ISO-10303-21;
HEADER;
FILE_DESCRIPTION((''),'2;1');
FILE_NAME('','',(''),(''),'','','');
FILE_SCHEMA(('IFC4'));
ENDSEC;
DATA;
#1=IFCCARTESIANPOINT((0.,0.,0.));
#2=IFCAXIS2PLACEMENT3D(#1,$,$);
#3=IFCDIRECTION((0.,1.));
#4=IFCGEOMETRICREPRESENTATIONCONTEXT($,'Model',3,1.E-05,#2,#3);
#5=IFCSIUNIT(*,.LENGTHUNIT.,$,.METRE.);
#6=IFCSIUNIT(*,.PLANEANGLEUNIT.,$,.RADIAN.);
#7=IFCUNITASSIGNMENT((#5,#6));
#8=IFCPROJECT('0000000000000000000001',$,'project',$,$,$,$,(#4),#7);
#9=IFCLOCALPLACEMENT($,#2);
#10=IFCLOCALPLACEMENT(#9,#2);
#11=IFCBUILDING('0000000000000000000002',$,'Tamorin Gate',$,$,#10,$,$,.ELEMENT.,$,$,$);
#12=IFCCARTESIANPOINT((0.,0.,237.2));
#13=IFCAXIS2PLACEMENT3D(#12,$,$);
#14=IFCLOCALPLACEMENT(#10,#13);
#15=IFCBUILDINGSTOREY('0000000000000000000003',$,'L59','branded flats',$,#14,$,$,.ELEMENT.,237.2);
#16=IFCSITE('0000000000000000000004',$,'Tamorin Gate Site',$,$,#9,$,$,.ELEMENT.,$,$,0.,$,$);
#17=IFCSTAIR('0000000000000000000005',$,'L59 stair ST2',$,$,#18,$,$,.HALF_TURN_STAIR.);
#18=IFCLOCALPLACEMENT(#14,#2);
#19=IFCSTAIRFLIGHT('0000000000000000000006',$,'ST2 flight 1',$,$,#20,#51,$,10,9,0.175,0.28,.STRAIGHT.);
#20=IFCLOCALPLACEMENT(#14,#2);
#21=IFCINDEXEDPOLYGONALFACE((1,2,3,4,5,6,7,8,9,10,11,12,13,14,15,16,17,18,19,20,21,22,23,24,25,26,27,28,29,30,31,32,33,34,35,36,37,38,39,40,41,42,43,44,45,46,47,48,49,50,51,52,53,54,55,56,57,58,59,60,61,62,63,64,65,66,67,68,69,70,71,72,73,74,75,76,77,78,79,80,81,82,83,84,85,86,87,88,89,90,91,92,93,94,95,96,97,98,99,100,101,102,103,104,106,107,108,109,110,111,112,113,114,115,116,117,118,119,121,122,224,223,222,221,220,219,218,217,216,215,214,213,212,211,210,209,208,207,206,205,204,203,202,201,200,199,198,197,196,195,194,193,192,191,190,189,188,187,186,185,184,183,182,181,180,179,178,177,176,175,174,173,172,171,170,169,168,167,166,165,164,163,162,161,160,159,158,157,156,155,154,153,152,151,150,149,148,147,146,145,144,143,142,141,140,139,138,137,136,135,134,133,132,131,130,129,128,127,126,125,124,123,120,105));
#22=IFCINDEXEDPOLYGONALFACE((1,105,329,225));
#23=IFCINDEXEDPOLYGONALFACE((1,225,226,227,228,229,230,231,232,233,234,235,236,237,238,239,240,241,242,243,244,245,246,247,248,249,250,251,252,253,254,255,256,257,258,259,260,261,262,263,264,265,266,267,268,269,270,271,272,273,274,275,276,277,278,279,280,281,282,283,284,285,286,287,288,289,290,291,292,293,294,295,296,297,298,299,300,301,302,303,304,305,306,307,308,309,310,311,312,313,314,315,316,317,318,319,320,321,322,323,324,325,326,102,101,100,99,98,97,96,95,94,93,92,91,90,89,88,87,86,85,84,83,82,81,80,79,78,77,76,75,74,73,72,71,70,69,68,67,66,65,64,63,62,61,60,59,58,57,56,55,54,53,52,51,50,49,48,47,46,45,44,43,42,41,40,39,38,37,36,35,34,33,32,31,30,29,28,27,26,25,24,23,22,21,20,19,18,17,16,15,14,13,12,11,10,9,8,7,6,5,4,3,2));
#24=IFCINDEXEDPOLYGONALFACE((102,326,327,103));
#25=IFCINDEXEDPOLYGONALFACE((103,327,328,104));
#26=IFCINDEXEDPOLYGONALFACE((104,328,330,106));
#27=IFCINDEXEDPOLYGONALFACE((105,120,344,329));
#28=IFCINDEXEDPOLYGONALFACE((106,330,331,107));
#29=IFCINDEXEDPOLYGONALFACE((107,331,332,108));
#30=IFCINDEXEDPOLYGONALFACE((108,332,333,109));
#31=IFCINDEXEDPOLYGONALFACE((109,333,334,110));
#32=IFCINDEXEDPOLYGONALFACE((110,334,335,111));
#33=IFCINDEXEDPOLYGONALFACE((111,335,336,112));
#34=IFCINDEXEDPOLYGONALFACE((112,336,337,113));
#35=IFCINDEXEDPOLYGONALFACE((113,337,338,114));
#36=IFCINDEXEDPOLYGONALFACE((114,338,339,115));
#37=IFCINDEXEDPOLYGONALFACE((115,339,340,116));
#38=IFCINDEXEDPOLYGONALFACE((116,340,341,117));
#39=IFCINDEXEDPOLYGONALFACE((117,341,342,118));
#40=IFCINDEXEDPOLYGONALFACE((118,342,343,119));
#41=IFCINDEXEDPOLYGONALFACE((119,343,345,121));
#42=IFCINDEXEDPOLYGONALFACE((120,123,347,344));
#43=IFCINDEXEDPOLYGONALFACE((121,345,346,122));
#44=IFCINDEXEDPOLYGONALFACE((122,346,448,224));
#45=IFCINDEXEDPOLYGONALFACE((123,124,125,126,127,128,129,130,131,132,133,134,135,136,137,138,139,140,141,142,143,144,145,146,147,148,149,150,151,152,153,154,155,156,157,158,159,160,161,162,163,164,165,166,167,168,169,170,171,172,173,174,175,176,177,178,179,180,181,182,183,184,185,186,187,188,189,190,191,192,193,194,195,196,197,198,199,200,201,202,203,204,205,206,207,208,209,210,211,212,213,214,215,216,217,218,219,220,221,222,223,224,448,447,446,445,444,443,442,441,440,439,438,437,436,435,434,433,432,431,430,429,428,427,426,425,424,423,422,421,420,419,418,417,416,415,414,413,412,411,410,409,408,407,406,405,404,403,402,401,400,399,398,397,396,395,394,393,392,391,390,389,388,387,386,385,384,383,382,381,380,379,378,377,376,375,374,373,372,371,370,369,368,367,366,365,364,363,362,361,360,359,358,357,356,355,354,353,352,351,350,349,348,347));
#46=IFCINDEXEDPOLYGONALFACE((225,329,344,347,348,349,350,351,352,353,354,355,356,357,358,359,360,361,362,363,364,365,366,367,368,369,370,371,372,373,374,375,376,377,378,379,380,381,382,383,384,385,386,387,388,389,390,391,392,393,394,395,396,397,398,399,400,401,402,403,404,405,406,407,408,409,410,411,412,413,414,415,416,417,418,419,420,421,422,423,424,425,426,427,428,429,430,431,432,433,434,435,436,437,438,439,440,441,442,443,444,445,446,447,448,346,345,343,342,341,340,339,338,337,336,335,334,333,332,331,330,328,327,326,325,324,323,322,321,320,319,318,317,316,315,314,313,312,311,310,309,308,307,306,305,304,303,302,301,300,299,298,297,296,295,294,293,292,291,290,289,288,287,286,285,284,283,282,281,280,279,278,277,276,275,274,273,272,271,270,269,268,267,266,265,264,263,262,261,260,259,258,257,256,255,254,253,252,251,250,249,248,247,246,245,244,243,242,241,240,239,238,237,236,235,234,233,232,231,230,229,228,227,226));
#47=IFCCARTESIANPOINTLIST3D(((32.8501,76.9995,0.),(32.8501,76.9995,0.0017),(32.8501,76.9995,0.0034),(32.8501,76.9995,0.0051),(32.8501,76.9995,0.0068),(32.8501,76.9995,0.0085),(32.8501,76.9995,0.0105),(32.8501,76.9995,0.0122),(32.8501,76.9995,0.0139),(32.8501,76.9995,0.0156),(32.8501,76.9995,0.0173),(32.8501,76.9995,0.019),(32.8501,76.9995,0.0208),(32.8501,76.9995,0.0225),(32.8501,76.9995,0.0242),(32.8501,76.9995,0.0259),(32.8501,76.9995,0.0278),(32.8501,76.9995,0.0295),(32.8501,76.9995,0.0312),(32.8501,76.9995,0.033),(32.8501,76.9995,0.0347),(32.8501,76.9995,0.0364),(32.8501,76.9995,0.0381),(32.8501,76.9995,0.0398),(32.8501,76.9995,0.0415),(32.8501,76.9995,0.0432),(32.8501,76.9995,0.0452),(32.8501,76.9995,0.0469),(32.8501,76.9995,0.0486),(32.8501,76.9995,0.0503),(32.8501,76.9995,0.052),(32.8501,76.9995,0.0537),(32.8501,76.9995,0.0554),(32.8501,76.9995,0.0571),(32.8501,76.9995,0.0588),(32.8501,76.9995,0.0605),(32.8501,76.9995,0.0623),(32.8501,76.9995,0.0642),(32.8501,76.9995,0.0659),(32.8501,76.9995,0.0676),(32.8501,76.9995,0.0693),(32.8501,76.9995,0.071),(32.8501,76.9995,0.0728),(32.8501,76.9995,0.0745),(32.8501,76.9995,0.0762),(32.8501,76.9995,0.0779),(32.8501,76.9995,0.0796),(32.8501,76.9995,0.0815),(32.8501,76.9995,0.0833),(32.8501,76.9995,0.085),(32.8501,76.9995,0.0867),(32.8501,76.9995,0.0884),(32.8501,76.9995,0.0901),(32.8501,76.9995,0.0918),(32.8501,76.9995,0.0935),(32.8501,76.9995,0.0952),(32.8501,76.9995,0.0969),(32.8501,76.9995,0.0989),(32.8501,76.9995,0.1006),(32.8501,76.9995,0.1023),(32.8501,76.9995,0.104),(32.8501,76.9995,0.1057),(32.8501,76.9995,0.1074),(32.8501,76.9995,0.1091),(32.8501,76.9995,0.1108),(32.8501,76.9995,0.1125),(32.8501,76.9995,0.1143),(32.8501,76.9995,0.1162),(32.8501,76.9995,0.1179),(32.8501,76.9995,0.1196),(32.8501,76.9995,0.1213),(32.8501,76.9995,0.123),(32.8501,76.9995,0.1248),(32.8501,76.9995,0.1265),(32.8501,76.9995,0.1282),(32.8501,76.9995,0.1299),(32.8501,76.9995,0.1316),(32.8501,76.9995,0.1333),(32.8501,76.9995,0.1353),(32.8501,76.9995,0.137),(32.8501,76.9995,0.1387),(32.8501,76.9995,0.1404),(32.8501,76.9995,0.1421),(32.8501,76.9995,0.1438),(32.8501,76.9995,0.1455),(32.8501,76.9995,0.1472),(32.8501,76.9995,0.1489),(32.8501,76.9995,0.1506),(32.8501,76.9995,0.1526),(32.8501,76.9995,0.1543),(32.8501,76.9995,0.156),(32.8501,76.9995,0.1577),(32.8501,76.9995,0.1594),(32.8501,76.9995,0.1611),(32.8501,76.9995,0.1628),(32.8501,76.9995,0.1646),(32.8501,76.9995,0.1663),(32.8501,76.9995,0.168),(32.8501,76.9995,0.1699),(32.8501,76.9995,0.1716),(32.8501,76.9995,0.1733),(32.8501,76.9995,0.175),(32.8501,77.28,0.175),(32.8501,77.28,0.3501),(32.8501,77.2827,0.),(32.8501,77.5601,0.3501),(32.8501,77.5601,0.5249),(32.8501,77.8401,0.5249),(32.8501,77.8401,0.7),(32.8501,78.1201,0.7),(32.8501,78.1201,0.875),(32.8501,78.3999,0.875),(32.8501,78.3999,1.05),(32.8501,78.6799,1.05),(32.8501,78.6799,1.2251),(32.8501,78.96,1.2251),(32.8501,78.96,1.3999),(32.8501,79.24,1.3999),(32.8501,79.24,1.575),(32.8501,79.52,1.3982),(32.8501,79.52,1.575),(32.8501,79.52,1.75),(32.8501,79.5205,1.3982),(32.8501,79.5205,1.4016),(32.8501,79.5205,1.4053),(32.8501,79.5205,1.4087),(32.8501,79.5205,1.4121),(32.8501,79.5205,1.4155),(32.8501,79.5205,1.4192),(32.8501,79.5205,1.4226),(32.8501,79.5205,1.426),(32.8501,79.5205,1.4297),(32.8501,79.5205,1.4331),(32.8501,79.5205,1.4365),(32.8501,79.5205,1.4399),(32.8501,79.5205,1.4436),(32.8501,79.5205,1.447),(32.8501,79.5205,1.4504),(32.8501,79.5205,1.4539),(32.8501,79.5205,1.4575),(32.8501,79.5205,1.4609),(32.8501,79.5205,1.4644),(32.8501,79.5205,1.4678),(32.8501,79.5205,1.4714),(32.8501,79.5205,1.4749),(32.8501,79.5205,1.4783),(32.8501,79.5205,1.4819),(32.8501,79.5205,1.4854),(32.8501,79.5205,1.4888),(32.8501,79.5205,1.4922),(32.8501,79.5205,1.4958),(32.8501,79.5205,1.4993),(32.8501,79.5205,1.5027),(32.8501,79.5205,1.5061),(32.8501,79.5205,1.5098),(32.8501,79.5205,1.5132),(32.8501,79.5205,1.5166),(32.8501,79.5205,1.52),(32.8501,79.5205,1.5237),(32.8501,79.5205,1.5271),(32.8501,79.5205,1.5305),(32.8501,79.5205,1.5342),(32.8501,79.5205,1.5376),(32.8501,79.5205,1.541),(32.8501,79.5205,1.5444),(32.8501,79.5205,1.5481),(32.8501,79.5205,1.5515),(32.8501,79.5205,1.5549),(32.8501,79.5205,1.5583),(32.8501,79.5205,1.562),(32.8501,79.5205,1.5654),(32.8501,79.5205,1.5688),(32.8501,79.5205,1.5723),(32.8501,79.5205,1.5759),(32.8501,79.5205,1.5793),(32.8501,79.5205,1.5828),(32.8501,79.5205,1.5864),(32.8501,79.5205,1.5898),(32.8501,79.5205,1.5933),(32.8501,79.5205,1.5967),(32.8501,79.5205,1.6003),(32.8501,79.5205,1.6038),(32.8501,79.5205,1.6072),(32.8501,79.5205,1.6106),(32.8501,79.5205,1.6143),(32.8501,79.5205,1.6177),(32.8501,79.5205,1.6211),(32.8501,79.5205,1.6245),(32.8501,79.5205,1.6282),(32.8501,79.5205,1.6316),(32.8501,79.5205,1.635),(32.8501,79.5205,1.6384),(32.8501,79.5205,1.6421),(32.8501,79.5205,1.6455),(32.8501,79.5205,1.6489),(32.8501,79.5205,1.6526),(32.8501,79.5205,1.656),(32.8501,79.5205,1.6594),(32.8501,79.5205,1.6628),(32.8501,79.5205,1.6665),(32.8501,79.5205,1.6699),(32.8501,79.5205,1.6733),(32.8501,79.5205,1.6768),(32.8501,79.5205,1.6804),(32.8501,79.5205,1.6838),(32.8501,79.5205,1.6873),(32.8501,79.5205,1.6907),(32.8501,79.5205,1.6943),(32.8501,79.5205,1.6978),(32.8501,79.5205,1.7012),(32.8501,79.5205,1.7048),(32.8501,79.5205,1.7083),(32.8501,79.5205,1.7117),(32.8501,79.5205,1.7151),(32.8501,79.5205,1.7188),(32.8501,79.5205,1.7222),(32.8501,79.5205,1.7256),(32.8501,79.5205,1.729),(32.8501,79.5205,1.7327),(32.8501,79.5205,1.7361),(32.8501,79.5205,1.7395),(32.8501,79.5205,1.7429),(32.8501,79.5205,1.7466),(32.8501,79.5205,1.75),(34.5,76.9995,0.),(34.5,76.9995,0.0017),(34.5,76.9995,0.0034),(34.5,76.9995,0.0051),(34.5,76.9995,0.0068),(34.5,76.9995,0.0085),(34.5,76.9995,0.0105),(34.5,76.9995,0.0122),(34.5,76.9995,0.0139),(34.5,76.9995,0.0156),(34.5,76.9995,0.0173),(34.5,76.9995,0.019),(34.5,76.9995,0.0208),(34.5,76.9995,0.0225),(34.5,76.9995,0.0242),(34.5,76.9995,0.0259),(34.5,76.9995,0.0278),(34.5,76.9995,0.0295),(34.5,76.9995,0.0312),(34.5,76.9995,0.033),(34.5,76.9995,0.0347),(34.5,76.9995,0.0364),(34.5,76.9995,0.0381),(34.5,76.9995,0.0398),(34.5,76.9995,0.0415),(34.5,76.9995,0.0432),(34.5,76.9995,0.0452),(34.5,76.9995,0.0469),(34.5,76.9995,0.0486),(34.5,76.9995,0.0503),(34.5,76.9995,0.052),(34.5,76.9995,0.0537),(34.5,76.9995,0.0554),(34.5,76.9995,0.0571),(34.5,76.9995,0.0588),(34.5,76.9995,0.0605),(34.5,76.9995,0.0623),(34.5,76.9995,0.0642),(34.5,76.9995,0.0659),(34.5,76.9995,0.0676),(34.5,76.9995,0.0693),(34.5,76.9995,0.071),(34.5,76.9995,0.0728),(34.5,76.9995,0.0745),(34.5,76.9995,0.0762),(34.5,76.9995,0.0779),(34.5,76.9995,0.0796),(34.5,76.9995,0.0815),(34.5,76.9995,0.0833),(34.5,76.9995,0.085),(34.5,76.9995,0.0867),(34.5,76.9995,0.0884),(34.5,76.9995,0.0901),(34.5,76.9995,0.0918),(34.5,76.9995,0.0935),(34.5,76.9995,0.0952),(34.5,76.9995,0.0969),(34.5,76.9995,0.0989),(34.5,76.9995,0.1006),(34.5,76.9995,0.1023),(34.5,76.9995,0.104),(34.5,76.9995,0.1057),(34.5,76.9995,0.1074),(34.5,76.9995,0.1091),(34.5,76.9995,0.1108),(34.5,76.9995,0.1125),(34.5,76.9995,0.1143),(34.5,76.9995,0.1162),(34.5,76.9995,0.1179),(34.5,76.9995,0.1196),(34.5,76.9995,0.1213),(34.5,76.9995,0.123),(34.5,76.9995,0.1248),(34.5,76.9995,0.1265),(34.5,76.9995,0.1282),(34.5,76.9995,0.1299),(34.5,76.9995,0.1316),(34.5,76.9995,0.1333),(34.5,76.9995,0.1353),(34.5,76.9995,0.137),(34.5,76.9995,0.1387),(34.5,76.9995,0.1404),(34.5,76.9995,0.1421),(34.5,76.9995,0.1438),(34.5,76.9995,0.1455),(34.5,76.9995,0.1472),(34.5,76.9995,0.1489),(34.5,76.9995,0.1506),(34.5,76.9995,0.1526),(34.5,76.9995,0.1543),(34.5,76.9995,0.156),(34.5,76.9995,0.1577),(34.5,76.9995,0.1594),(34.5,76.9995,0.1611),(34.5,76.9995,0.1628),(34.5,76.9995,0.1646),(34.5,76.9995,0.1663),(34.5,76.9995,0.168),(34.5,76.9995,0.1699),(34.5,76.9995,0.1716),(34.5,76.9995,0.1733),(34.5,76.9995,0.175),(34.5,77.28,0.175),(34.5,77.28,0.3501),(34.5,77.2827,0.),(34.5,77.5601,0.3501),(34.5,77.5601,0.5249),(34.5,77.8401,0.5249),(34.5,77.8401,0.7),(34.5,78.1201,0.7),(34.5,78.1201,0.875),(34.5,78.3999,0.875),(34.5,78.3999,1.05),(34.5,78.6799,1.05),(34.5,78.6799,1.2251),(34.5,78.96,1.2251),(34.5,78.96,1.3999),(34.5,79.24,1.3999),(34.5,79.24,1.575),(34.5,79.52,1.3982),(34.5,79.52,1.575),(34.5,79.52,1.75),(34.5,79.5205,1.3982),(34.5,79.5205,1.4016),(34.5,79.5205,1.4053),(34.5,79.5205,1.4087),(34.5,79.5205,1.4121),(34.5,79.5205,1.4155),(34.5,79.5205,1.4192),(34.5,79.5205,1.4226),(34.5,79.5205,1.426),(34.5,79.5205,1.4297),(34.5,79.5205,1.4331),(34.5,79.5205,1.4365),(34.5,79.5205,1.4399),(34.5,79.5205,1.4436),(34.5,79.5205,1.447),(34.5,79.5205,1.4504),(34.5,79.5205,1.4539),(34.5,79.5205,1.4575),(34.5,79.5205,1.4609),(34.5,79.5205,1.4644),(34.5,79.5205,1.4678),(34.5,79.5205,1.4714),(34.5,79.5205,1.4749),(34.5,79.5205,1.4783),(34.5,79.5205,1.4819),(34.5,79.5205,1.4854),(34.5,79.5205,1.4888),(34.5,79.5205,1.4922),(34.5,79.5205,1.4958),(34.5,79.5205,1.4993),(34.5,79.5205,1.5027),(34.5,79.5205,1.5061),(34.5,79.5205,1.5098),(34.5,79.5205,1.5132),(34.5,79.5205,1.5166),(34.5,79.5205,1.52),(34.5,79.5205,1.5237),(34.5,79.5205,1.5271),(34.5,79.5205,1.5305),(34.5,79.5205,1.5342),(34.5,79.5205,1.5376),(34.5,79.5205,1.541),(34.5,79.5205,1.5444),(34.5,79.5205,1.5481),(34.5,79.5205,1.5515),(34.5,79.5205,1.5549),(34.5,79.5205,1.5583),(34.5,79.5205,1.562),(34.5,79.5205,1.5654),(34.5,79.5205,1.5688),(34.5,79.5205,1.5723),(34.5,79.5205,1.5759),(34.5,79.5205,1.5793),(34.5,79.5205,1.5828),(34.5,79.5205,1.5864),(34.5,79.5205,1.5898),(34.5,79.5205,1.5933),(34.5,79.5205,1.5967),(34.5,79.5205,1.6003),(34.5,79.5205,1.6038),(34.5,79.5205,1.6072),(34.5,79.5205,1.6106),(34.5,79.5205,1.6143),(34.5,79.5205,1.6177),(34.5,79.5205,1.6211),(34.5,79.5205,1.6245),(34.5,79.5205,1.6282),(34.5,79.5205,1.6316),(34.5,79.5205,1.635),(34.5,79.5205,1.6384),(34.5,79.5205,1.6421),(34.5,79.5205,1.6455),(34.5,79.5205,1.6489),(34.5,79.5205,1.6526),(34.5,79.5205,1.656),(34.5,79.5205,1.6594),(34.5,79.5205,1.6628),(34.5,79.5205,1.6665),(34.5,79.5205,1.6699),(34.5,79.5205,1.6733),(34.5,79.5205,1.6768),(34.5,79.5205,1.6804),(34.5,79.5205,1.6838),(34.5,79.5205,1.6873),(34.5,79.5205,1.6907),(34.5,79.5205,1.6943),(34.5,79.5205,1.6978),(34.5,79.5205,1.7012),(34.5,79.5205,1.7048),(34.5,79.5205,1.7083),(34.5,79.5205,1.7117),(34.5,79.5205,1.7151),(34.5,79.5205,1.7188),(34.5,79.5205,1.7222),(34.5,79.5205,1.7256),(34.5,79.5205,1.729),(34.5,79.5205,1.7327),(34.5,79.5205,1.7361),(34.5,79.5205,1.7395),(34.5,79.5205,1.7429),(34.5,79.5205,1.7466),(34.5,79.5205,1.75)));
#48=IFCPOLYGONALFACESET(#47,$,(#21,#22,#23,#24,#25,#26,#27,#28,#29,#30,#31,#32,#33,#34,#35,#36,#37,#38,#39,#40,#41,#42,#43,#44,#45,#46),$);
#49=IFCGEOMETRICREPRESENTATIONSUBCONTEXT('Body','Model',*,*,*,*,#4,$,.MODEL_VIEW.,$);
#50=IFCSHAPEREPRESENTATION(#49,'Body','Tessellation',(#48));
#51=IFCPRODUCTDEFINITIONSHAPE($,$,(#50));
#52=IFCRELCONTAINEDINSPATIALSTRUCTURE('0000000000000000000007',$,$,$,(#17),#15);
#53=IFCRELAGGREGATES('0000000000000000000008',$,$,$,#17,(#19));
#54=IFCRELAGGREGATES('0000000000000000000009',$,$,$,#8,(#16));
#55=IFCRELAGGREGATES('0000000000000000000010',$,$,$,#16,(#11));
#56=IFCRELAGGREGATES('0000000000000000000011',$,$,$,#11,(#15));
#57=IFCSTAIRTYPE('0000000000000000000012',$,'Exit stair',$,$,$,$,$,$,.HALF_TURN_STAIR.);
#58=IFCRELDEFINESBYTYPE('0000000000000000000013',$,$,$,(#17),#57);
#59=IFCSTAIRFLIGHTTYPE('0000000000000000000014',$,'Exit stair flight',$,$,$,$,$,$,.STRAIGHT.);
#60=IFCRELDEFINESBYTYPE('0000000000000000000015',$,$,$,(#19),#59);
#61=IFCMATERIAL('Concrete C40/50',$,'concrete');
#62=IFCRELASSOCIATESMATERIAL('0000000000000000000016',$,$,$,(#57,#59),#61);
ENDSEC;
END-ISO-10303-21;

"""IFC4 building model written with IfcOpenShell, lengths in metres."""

from ifc_helpers import new_model, si_unit, direction, frame, origin, place, context, subcontext, project, spatial, polyline, outline, extrude, material, type_object, element, aggregate, save


model = new_model("IFC4")

# Units and contexts
model_context = context("Model", 3, precision=1e-05, world=origin(), true_north=direction((0.0, 1.0)))
body_context = subcontext(model_context, "Body", "Model", "MODEL_VIEW")
ifc_project = project(units=[si_unit("LENGTHUNIT", "METRE"), si_unit("PLANEANGLEUNIT", "RADIAN")], contexts=[model_context])

# Site, building, storey
site_placement = place(None, origin())
site = spatial("IfcSite", under=ifc_project, at=site_placement, Name="Tamorin Gate Site", CompositionType="ELEMENT", RefElevation=0.0)
building_placement = place(site_placement, origin())
building = spatial("IfcBuilding", under=site, at=building_placement, Name="Tamorin Gate", CompositionType="ELEMENT")
storey_placement = place(building_placement, frame((0.0, 0.0, 237.2)))
storey = spatial("IfcBuildingStorey", under=building, at=storey_placement, Name="L59", Description="branded flats", CompositionType="ELEMENT", Elevation=237.2)

# Shared definitions
ifc_material_1 = material(Name="Concrete C40/50", Category="concrete")

# Shared definitions
stair_type = type_object("IfcStairType", Name="Exit stair", PredefinedType="HALF_TURN_STAIR", material=ifc_material_1)
stair_flight_type = type_object("IfcStairFlightType", Name="Exit stair flight", PredefinedType="STRAIGHT", material=ifc_material_1)

# Stair, stair flight
stair_1_placement = place(storey_placement, origin())
stair_1 = element("IfcStair", 1, at=stair_1_placement, inside=storey, type_object=stair_type, Name="L59 stair ST2", PredefinedType="HALF_TURN_STAIR")
stair_flight_1_placement = place(storey_placement, frame((33.675, 77.0, 0.0), z_axis=(0.0, 0.0, 1.0), x_axis=(0.0, 1.0, 0.0)))
stair_flight_1 = element("IfcStairFlight", 2, at=stair_flight_1_placement, type_object=stair_flight_type, Name="ST2 flight 1", NumberOfRisers=10, NumberOfTreads=9, PredefinedType="STRAIGHT", RiserHeight=0.175, TreadLength=0.28, context=body_context, shape_type="SweptSolid", body=[
    extrude(outline(polyline([(-0.0005, 0.0), (-0.0005, 0.0017), (-0.0005, 0.0034), (-0.0005, 0.0051), (-0.0005, 0.0068), (-0.0005, 0.0085), (-0.0005, 0.0105), (-0.0005, 0.0122), (-0.0005, 0.0139), (-0.0005, 0.0156), (-0.0005, 0.0173), (-0.0005, 0.019), (-0.0005, 0.0208), (-0.0005, 0.0225), (-0.0005, 0.0242), (-0.0005, 0.0259), (-0.0005, 0.0278), (-0.0005, 0.0295), (-0.0005, 0.0312), (-0.0005, 0.033), (-0.0005, 0.0347), (-0.0005, 0.0364), (-0.0005, 0.0381), (-0.0005, 0.0398), (-0.0005, 0.0415), (-0.0005, 0.0432), (-0.0005, 0.0452), (-0.0005, 0.0469), (-0.0005, 0.0486), (-0.0005, 0.0503), (-0.0005, 0.052), (-0.0005, 0.0537), (-0.0005, 0.0554), (-0.0005, 0.0571), (-0.0005, 0.0588), (-0.0005, 0.0605), (-0.0005, 0.0623), (-0.0005, 0.0642), (-0.0005, 0.0659), (-0.0005, 0.0676), (-0.0005, 0.0693), (-0.0005, 0.071), (-0.0005, 0.0728), (-0.0005, 0.0745), (-0.0005, 0.0762), (-0.0005, 0.0779), (-0.0005, 0.0796), (-0.0005, 0.0815), (-0.0005, 0.0833), (-0.0005, 0.085), (-0.0005, 0.0867), (-0.0005, 0.0884), (-0.0005, 0.0901), (-0.0005, 0.0918), (-0.0005, 0.0935), (-0.0005, 0.0952), (-0.0005, 0.0969), (-0.0005, 0.0989), (-0.0005, 0.1006), (-0.0005, 0.1023), (-0.0005, 0.104), (-0.0005, 0.1057), (-0.0005, 0.1074), (-0.0005, 0.1091), (-0.0005, 0.1108), (-0.0005, 0.1125), (-0.0005, 0.1143), (-0.0005, 0.1162), (-0.0005, 0.1179), (-0.0005, 0.1196), (-0.0005, 0.1213), (-0.0005, 0.123), (-0.0005, 0.1248), (-0.0005, 0.1265), (-0.0005, 0.1282), (-0.0005, 0.1299), (-0.0005, 0.1316), (-0.0005, 0.1333), (-0.0005, 0.1353), (-0.0005, 0.137), (-0.0005, 0.1387), (-0.0005, 0.1404), (-0.0005, 0.1421), (-0.0005, 0.1438), (-0.0005, 0.1455), (-0.0005, 0.1472), (-0.0005, 0.1489), (-0.0005, 0.1506), (-0.0005, 0.1526), (-0.0005, 0.1543), (-0.0005, 0.156), (-0.0005, 0.1577), (-0.0005, 0.1594), (-0.0005, 0.1611), (-0.0005, 0.1628), (-0.0005, 0.1646), (-0.0005, 0.1663), (-0.0005, 0.168), (-0.0005, 0.1699), (-0.0005, 0.1716), (-0.0005, 0.1733), (-0.0005, 0.175), (0.28, 0.175), (0.28, 0.3501), (0.5601, 0.3501), (0.5601, 0.5249), (0.8401, 0.5249), (0.8401, 0.7), (1.1201, 0.7), (1.1201, 0.875), (1.3999, 0.875), (1.3999, 1.05), (1.6799, 1.05), (1.6799, 1.2251), (1.96, 1.2251), (1.96, 1.3999), (2.24, 1.3999), (2.24, 1.575), (2.52, 1.575), (2.52, 1.75), (2.5205, 1.75), (2.5205, 1.7466), (2.5205, 1.7429), (2.5205, 1.7395), (2.5205, 1.7361), (2.5205, 1.7327), (2.5205, 1.729), (2.5205, 1.7256), (2.5205, 1.7222), (2.5205, 1.7188), (2.5205, 1.7151), (2.5205, 1.7117), (2.5205, 1.7083), (2.5205, 1.7048), (2.5205, 1.7012), (2.5205, 1.6978), (2.5205, 1.6943), (2.5205, 1.6907), (2.5205, 1.6873), (2.5205, 1.6838), (2.5205, 1.6804), (2.5205, 1.6768), (2.5205, 1.6733), (2.5205, 1.6699), (2.5205, 1.6665), (2.5205, 1.6628), (2.5205, 1.6594), (2.5205, 1.656), (2.5205, 1.6526), (2.5205, 1.6489), (2.5205, 1.6455), (2.5205, 1.6421), (2.5205, 1.6384), (2.5205, 1.635), (2.5205, 1.6316), (2.5205, 1.6282), (2.5205, 1.6245), (2.5205, 1.6211), (2.5205, 1.6177), (2.5205, 1.6143), (2.5205, 1.6106), (2.5205, 1.6072), (2.5205, 1.6038), (2.5205, 1.6003), (2.5205, 1.5967), (2.5205, 1.5933), (2.5205, 1.5898), (2.5205, 1.5864), (2.5205, 1.5828), (2.5205, 1.5793), (2.5205, 1.5759), (2.5205, 1.5723), (2.5205, 1.5688), (2.5205, 1.5654), (2.5205, 1.562), (2.5205, 1.5583), (2.5205, 1.5549), (2.5205, 1.5515), (2.5205, 1.5481), (2.5205, 1.5444), (2.5205, 1.541), (2.5205, 1.5376), (2.5205, 1.5342), (2.5205, 1.5305), (2.5205, 1.5271), (2.5205, 1.5237), (2.5205, 1.52), (2.5205, 1.5166), (2.5205, 1.5132), (2.5205, 1.5098), (2.5205, 1.5061), (2.5205, 1.5027), (2.5205, 1.4993), (2.5205, 1.4958), (2.5205, 1.4922), (2.5205, 1.4888), (2.5205, 1.4854), (2.5205, 1.4819), (2.5205, 1.4783), (2.5205, 1.4749), (2.5205, 1.4714), (2.5205, 1.4678), (2.5205, 1.4644), (2.5205, 1.4609), (2.5205, 1.4575), (2.5205, 1.4539), (2.5205, 1.4504), (2.5205, 1.447), (2.5205, 1.4436), (2.5205, 1.4399), (2.5205, 1.4365), (2.5205, 1.4331), (2.5205, 1.4297), (2.5205, 1.426), (2.5205, 1.4226), (2.5205, 1.4192), (2.5205, 1.4155), (2.5205, 1.4121), (2.5205, 1.4087), (2.5205, 1.4053), (2.5205, 1.4016), (2.5205, 1.3982), (2.52, 1.3982), (0.2827, 0.0), (-0.0005, 0.0)])), frame((0.0, 0.825, 0.0), z_axis=(0.0, -1.0, 0.0), x_axis=(1.0, 0.0, 0.0)), (0.0, 0.0, 1.0), 1.6499),
])
aggregate(stair_1, [stair_flight_1])

save(model, "model.ifc")
